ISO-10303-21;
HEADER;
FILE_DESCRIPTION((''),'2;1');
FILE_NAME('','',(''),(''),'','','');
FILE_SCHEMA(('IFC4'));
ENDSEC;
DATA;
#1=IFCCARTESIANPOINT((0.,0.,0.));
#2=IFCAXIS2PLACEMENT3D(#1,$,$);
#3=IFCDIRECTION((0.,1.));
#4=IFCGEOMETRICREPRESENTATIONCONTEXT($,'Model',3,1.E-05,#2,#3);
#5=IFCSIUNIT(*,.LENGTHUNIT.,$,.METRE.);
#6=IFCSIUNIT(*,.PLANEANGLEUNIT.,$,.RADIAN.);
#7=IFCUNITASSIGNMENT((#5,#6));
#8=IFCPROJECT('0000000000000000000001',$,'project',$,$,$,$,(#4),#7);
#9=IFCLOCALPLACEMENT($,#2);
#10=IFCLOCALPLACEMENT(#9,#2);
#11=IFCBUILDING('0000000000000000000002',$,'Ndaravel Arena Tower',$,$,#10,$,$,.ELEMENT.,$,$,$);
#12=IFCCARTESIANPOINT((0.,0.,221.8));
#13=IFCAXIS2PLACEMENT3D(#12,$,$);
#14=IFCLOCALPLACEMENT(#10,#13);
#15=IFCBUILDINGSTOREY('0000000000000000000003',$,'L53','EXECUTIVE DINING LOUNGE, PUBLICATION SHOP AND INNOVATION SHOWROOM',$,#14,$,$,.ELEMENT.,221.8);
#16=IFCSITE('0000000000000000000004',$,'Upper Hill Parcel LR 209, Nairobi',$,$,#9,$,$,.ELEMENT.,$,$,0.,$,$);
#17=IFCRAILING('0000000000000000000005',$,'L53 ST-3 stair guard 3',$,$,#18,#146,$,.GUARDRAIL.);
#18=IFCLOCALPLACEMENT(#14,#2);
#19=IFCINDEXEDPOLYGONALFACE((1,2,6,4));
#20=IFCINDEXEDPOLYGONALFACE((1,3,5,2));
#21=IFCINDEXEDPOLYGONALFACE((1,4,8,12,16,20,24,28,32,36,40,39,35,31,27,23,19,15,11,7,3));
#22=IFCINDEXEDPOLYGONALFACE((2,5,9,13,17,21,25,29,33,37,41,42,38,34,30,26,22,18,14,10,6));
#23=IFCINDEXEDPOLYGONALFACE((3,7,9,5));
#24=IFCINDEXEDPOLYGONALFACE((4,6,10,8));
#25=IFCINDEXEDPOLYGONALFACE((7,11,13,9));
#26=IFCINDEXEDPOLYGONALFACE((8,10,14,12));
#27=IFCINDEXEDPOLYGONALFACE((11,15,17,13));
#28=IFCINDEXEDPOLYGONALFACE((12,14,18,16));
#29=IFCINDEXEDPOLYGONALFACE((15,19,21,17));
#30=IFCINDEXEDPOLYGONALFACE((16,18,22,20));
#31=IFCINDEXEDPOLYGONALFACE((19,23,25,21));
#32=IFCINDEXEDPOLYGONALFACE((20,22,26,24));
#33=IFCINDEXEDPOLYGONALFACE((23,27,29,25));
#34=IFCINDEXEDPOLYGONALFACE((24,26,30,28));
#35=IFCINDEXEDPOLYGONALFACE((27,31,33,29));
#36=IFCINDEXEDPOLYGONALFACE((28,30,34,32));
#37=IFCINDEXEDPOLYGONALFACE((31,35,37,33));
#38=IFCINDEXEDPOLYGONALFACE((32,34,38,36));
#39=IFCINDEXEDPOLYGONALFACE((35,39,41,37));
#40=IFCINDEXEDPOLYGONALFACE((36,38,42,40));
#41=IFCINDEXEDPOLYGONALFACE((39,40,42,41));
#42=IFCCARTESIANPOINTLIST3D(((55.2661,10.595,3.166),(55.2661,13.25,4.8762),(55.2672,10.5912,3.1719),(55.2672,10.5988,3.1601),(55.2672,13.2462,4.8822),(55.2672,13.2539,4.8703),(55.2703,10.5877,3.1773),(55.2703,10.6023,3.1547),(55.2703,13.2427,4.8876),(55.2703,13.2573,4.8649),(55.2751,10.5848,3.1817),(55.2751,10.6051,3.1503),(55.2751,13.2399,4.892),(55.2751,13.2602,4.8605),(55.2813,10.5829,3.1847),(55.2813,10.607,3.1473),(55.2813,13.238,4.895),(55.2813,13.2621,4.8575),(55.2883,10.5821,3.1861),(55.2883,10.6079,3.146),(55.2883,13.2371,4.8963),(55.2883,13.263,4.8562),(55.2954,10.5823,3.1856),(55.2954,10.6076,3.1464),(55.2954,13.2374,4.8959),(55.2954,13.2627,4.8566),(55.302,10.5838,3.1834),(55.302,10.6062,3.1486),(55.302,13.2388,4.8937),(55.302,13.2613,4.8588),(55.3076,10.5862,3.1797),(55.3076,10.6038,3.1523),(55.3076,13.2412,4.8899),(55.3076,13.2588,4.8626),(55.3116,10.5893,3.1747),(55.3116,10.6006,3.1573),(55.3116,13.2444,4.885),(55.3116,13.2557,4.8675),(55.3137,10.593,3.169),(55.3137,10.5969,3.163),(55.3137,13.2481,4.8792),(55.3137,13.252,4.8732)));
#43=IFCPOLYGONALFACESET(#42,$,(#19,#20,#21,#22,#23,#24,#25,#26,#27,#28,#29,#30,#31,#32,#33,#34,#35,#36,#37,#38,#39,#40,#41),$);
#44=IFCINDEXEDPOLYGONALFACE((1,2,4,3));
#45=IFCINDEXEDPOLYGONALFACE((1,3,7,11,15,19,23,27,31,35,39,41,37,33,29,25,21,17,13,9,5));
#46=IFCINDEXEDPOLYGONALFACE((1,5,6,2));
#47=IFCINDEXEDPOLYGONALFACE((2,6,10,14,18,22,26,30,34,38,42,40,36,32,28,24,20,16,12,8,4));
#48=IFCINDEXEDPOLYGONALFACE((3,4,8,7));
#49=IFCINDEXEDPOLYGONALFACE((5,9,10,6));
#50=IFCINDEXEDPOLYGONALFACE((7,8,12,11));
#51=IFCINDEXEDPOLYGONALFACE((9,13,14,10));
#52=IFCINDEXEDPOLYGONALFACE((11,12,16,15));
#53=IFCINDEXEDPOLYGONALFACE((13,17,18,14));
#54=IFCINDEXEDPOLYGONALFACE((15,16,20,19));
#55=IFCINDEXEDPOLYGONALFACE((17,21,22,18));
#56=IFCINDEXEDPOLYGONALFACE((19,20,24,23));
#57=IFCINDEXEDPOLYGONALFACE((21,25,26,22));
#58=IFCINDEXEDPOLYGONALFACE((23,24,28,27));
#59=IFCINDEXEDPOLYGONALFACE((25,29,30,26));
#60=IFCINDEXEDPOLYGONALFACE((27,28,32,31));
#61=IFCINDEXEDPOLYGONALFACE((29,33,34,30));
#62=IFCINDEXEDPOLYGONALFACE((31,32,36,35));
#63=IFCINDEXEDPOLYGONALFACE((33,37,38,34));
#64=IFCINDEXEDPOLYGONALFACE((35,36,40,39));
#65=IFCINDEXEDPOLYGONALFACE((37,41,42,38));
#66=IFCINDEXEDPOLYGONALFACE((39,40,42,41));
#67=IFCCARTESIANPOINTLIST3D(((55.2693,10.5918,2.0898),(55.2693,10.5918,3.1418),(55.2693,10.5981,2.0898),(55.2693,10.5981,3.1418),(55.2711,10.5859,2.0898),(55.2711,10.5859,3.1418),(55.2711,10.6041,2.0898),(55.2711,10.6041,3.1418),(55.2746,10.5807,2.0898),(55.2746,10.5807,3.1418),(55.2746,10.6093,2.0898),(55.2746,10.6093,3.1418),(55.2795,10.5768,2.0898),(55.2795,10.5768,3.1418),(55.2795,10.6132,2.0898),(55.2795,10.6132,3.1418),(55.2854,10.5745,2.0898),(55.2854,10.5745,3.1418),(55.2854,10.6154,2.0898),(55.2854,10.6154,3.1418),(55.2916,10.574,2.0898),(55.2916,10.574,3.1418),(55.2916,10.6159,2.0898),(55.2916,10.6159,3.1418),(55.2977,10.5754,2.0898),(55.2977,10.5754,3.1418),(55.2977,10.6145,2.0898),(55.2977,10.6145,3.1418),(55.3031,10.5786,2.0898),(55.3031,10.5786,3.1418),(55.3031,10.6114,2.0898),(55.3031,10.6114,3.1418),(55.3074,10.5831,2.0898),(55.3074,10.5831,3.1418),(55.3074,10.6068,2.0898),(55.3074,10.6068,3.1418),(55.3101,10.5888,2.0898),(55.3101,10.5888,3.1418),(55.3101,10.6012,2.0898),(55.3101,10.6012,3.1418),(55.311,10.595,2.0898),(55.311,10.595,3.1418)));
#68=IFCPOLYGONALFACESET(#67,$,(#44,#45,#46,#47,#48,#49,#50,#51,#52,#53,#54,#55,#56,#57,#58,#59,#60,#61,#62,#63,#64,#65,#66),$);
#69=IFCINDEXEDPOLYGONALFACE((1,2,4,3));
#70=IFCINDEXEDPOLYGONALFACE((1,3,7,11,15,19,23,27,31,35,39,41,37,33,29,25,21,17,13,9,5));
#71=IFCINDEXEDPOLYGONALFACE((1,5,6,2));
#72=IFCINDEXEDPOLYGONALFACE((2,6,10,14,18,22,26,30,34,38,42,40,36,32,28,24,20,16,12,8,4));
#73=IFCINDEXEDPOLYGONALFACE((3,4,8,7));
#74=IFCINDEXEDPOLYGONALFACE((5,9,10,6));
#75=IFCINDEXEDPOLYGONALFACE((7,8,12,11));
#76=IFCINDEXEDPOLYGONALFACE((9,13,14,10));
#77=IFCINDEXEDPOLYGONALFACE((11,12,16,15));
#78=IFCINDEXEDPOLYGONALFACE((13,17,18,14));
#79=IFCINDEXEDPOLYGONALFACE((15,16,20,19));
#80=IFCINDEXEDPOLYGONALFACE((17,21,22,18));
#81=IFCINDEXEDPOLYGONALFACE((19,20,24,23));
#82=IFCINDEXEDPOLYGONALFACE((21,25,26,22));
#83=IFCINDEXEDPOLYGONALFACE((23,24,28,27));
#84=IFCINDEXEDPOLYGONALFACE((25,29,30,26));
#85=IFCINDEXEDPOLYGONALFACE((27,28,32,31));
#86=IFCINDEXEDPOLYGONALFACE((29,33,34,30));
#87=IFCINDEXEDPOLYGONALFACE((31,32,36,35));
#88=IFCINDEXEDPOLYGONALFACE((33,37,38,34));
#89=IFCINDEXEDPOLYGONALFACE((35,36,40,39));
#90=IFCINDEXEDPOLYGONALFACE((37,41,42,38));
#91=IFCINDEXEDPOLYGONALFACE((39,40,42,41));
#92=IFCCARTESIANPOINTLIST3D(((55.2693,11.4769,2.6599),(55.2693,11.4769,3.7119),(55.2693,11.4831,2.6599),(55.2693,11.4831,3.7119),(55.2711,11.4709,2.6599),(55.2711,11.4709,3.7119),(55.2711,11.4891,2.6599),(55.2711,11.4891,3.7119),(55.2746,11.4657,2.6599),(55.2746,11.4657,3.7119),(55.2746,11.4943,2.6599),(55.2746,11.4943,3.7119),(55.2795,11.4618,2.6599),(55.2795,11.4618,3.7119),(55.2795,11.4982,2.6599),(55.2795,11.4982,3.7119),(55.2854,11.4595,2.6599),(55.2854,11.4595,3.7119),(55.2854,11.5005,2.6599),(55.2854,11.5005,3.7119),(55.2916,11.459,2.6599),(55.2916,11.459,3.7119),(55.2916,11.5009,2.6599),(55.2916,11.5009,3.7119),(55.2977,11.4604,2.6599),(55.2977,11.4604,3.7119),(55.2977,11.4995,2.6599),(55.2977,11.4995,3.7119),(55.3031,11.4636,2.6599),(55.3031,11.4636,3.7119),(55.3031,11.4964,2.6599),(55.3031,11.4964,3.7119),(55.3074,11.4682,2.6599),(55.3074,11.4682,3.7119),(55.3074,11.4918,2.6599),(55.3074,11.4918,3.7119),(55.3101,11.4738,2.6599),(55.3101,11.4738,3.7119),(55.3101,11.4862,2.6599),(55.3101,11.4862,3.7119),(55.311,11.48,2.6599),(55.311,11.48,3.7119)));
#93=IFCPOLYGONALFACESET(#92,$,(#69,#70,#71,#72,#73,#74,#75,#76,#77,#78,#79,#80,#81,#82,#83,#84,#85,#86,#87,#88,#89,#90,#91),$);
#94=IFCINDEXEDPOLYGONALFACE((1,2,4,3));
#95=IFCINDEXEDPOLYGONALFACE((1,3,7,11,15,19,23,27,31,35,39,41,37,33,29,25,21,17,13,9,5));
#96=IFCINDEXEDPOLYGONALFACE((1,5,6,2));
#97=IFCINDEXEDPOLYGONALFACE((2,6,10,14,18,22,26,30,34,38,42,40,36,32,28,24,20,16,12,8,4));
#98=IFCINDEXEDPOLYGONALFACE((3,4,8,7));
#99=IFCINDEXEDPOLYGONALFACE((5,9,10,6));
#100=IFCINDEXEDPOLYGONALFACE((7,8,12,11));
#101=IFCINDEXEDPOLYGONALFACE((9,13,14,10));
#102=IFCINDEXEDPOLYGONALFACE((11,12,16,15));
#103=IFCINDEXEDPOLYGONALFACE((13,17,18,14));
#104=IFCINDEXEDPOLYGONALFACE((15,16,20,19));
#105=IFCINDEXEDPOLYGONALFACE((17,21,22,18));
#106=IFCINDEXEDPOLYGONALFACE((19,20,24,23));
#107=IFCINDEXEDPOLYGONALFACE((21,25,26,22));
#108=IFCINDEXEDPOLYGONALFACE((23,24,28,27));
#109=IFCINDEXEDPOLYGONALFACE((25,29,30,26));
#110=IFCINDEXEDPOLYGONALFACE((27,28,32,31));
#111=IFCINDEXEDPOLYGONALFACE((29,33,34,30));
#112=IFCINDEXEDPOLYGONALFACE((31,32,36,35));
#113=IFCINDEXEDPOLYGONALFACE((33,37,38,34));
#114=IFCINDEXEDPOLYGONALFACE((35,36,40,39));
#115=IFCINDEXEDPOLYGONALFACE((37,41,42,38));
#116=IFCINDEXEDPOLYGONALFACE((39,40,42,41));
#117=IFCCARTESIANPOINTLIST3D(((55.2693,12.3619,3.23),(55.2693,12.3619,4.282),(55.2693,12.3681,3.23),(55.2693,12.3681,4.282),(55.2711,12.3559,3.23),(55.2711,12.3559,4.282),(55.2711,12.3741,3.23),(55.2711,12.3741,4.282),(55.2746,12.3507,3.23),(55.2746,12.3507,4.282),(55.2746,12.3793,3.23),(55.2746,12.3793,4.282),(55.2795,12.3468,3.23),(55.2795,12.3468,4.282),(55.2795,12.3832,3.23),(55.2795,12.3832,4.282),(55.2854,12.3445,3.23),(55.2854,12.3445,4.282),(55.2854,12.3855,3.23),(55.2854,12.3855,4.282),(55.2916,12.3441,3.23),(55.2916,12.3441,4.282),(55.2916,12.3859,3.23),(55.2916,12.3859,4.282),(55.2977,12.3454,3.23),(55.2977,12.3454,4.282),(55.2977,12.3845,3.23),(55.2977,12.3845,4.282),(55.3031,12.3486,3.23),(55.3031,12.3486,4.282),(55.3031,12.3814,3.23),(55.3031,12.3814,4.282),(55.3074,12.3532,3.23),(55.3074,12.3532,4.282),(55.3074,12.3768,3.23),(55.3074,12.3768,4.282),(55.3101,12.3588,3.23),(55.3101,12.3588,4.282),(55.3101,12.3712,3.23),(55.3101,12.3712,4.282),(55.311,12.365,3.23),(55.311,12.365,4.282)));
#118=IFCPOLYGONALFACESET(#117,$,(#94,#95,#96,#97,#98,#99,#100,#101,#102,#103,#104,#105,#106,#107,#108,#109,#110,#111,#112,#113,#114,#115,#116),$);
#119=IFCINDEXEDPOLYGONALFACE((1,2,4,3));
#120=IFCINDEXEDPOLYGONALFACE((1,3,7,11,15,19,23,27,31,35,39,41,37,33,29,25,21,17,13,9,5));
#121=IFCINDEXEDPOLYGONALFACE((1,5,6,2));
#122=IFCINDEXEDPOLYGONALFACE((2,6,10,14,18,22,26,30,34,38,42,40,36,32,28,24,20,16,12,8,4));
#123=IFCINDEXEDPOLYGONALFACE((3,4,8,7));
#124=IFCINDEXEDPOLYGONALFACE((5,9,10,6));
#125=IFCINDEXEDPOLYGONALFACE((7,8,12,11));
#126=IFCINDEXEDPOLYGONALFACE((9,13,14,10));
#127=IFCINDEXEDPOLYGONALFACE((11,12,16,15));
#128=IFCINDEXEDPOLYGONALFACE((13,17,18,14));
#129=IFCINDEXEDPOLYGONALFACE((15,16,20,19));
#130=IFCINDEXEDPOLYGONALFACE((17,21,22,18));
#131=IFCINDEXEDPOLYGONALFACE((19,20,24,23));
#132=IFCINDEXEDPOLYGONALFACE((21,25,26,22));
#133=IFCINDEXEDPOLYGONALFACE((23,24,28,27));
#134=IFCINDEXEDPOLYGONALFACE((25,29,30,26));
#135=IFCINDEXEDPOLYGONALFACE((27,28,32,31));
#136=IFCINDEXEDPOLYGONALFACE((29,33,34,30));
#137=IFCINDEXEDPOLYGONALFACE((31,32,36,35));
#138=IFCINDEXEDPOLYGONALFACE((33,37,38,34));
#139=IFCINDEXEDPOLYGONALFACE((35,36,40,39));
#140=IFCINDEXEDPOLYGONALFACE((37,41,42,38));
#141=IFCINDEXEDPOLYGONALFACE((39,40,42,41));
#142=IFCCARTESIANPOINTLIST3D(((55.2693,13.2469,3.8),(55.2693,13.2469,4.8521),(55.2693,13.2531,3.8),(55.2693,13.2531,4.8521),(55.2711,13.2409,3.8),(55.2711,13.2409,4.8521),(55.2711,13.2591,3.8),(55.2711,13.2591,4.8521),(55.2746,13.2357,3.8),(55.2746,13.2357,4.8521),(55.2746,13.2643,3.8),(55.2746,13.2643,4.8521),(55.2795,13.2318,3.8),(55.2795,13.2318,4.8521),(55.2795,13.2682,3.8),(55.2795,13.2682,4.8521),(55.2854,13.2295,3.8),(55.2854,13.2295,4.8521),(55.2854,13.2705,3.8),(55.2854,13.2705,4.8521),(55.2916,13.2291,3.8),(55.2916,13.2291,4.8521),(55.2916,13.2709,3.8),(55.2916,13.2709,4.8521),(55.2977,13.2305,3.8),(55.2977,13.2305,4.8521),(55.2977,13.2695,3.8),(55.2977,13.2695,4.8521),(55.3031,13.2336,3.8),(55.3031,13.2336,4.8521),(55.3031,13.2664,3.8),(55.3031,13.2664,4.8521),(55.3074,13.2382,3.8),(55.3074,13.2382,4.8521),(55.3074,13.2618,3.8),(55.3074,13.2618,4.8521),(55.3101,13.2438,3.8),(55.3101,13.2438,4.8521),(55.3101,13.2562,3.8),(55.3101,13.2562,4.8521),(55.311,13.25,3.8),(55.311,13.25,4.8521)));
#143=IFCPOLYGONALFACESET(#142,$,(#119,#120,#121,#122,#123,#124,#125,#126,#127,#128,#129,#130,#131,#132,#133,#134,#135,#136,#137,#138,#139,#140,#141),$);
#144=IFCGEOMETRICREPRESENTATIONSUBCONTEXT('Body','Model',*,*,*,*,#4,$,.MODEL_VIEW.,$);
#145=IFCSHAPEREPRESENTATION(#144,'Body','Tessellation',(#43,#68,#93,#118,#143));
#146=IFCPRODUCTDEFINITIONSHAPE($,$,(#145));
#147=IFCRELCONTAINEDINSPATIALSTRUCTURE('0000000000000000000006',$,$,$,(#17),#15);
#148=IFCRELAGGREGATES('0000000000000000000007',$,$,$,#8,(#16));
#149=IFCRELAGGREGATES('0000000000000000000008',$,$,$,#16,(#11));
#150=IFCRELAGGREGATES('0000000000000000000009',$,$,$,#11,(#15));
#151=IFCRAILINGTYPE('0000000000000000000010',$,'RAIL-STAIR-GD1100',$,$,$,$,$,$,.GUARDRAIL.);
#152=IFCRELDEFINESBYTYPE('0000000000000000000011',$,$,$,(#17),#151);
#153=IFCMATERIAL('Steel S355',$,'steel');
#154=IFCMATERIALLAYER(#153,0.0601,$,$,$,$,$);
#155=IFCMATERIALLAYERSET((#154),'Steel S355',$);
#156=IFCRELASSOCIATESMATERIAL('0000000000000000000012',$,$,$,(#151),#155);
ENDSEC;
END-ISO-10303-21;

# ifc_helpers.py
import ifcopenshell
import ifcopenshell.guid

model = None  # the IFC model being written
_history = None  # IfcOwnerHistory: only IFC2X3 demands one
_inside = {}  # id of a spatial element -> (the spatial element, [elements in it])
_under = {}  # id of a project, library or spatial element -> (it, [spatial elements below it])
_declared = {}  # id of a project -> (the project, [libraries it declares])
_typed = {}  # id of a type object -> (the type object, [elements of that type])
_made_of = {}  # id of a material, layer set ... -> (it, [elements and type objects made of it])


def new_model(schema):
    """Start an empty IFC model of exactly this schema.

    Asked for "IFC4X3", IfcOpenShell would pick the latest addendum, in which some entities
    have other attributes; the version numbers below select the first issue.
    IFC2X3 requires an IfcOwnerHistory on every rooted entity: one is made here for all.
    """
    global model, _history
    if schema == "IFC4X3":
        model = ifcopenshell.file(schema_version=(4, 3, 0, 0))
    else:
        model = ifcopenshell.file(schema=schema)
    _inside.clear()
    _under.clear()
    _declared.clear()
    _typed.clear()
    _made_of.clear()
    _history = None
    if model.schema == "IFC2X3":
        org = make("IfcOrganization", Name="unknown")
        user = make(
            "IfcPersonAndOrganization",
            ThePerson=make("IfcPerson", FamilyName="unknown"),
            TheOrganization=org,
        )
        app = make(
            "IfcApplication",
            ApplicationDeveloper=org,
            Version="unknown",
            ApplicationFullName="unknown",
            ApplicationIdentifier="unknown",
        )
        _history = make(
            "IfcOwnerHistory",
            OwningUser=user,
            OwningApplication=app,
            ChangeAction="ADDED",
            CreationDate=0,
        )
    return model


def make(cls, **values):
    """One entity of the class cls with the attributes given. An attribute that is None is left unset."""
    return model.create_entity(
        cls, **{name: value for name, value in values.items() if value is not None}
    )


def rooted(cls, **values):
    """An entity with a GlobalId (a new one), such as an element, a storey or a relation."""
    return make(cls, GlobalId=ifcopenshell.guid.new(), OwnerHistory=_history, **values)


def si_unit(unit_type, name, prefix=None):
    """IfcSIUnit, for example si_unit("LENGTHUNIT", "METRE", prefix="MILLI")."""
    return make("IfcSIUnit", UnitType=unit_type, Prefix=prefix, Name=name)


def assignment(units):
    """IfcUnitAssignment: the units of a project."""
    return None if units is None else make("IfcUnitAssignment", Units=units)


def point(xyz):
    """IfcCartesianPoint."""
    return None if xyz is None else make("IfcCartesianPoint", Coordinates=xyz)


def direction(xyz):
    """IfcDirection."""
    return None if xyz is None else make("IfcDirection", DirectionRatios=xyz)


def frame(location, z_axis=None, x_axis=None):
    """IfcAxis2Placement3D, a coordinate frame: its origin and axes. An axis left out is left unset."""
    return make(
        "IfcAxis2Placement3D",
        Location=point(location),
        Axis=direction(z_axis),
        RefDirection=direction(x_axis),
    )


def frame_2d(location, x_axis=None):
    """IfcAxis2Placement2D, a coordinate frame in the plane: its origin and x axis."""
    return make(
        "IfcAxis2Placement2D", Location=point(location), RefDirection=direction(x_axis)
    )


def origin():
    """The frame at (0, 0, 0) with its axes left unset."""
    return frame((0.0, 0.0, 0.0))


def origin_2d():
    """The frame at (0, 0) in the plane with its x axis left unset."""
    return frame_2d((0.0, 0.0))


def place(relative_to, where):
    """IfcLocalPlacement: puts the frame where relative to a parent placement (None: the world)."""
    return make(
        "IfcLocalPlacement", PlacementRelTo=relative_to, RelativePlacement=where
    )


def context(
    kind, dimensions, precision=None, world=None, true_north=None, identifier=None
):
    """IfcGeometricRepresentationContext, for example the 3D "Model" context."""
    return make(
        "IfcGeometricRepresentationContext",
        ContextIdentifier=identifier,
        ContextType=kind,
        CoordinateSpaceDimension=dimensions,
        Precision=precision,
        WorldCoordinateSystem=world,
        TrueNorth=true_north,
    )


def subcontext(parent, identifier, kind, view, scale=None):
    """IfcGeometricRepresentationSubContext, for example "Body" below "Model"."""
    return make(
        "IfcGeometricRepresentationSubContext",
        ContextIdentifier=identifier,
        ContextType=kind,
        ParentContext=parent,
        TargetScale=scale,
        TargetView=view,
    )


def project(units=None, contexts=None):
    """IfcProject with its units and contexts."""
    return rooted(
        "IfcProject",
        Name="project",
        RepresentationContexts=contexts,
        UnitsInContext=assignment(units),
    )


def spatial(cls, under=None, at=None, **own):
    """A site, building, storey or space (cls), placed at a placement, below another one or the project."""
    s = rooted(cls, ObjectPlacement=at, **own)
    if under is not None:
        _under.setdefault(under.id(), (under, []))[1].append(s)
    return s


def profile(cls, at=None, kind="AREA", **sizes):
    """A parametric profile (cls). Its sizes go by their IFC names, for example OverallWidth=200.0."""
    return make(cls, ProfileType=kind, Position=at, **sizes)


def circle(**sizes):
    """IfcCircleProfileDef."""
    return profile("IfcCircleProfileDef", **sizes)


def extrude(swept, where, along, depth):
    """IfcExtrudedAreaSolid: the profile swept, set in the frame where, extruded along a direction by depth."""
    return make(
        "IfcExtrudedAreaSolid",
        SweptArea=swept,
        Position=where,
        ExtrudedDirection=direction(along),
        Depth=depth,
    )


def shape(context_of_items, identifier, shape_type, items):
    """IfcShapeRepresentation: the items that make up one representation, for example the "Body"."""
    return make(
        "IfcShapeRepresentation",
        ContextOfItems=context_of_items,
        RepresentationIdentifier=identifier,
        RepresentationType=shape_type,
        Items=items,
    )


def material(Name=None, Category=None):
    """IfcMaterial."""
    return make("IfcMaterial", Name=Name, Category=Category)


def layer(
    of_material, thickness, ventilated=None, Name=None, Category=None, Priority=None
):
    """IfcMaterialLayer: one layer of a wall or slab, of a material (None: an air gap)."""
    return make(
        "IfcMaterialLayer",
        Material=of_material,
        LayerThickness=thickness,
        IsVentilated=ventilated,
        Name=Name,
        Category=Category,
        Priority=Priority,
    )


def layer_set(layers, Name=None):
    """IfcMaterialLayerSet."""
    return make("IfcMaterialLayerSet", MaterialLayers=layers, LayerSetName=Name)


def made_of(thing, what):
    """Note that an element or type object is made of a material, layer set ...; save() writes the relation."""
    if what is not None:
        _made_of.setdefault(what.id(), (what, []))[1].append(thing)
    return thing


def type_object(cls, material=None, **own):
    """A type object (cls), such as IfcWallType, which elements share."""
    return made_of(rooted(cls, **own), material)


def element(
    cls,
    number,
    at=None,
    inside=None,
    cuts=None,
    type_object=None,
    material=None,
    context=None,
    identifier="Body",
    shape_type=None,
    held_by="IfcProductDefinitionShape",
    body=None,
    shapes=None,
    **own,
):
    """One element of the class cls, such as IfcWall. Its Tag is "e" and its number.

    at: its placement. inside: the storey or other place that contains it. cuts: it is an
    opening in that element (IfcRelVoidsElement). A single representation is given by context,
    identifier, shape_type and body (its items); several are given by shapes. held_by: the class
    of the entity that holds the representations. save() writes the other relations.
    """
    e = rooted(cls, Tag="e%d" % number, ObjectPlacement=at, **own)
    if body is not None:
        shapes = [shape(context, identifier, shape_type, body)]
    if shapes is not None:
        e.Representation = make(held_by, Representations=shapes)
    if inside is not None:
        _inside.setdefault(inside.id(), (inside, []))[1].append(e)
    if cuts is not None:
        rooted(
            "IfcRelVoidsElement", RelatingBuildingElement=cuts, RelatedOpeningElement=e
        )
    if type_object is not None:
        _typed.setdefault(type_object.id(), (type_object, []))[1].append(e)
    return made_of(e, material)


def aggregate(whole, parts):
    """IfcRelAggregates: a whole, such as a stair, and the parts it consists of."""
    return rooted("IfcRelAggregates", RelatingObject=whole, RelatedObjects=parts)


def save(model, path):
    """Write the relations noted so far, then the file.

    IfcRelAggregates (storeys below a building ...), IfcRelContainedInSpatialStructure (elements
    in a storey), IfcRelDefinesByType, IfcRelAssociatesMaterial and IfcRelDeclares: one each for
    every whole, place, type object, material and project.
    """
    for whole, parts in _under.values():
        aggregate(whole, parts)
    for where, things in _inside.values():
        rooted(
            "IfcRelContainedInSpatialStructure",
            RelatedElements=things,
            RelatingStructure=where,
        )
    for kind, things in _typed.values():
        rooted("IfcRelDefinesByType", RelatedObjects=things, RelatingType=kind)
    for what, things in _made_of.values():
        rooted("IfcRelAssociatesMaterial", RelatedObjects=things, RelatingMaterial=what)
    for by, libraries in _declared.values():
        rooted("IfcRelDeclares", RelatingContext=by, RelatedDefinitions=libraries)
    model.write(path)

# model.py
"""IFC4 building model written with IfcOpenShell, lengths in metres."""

from ifc_helpers import new_model, si_unit, direction, frame, origin, origin_2d, place, context, subcontext, project, spatial, circle, extrude, material, layer, layer_set, type_object, element, save


model = new_model("IFC4")

# Units and contexts
model_context = context("Model", 3, precision=1e-05, world=origin(), true_north=direction((0.0, 1.0)))
body_context = subcontext(model_context, "Body", "Model", "MODEL_VIEW")
ifc_project = project(units=[si_unit("LENGTHUNIT", "METRE"), si_unit("PLANEANGLEUNIT", "RADIAN")], contexts=[model_context])

# Site, building, storey
site_placement = place(None, origin())
site = spatial("IfcSite", under=ifc_project, at=site_placement, Name="Upper Hill Parcel LR 209, Nairobi", CompositionType="ELEMENT", RefElevation=0.0)
building_placement = place(site_placement, origin())
building = spatial("IfcBuilding", under=site, at=building_placement, Name="Ndaravel Arena Tower", CompositionType="ELEMENT")
storey_placement = place(building_placement, frame((0.0, 0.0, 221.8)))
storey = spatial("IfcBuildingStorey", under=building, at=storey_placement, Name="L53", Description="EXECUTIVE DINING LOUNGE, PUBLICATION SHOP AND INNOVATION SHOWROOM", CompositionType="ELEMENT", Elevation=221.8)

# Railing
ifc_material_1 = material(Name="Steel S355", Category="steel")
ifc_layer_1 = layer(ifc_material_1, 0.0601)
ifc_layer_set_1 = layer_set([ifc_layer_1], Name="Steel S355")
railing_type = type_object("IfcRailingType", Name="RAIL-STAIR-GD1100", PredefinedType="GUARDRAIL", material=ifc_layer_set_1)
railing_placement = place(storey_placement, frame((55.29, 10.595, 2.0898)))
element("IfcRailing", 1, at=railing_placement, inside=storey, type_object=railing_type, Name="L53 ST-3 stair guard 3", PredefinedType="GUARDRAIL", context=body_context, shape_type="SweptSolid", body=[
    extrude(circle(Radius=0.0239, at=origin_2d()), frame((0.0, 0.0, 1.0762), z_axis=(0.0, 0.840688, 0.541519), x_axis=(-1.0, 0.0, 0.0)), (0.0, 0.0, 1.0), 3.1582),
    extrude(circle(Radius=0.021, at=origin_2d()), origin(), (0.0, 0.0, 1.0), 1.052),
    extrude(circle(Radius=0.021, at=origin_2d()), frame((0.0, 0.885, 0.5701)), (0.0, 0.0, 1.0), 1.052),
    extrude(circle(Radius=0.021, at=origin_2d()), frame((0.0, 1.77, 1.1401)), (0.0, 0.0, 1.0), 1.052),
    extrude(circle(Radius=0.021, at=origin_2d()), frame((0.0, 2.655, 1.7102)), (0.0, 0.0, 1.0), 1.052),
])

save(model, "model.ifc")
